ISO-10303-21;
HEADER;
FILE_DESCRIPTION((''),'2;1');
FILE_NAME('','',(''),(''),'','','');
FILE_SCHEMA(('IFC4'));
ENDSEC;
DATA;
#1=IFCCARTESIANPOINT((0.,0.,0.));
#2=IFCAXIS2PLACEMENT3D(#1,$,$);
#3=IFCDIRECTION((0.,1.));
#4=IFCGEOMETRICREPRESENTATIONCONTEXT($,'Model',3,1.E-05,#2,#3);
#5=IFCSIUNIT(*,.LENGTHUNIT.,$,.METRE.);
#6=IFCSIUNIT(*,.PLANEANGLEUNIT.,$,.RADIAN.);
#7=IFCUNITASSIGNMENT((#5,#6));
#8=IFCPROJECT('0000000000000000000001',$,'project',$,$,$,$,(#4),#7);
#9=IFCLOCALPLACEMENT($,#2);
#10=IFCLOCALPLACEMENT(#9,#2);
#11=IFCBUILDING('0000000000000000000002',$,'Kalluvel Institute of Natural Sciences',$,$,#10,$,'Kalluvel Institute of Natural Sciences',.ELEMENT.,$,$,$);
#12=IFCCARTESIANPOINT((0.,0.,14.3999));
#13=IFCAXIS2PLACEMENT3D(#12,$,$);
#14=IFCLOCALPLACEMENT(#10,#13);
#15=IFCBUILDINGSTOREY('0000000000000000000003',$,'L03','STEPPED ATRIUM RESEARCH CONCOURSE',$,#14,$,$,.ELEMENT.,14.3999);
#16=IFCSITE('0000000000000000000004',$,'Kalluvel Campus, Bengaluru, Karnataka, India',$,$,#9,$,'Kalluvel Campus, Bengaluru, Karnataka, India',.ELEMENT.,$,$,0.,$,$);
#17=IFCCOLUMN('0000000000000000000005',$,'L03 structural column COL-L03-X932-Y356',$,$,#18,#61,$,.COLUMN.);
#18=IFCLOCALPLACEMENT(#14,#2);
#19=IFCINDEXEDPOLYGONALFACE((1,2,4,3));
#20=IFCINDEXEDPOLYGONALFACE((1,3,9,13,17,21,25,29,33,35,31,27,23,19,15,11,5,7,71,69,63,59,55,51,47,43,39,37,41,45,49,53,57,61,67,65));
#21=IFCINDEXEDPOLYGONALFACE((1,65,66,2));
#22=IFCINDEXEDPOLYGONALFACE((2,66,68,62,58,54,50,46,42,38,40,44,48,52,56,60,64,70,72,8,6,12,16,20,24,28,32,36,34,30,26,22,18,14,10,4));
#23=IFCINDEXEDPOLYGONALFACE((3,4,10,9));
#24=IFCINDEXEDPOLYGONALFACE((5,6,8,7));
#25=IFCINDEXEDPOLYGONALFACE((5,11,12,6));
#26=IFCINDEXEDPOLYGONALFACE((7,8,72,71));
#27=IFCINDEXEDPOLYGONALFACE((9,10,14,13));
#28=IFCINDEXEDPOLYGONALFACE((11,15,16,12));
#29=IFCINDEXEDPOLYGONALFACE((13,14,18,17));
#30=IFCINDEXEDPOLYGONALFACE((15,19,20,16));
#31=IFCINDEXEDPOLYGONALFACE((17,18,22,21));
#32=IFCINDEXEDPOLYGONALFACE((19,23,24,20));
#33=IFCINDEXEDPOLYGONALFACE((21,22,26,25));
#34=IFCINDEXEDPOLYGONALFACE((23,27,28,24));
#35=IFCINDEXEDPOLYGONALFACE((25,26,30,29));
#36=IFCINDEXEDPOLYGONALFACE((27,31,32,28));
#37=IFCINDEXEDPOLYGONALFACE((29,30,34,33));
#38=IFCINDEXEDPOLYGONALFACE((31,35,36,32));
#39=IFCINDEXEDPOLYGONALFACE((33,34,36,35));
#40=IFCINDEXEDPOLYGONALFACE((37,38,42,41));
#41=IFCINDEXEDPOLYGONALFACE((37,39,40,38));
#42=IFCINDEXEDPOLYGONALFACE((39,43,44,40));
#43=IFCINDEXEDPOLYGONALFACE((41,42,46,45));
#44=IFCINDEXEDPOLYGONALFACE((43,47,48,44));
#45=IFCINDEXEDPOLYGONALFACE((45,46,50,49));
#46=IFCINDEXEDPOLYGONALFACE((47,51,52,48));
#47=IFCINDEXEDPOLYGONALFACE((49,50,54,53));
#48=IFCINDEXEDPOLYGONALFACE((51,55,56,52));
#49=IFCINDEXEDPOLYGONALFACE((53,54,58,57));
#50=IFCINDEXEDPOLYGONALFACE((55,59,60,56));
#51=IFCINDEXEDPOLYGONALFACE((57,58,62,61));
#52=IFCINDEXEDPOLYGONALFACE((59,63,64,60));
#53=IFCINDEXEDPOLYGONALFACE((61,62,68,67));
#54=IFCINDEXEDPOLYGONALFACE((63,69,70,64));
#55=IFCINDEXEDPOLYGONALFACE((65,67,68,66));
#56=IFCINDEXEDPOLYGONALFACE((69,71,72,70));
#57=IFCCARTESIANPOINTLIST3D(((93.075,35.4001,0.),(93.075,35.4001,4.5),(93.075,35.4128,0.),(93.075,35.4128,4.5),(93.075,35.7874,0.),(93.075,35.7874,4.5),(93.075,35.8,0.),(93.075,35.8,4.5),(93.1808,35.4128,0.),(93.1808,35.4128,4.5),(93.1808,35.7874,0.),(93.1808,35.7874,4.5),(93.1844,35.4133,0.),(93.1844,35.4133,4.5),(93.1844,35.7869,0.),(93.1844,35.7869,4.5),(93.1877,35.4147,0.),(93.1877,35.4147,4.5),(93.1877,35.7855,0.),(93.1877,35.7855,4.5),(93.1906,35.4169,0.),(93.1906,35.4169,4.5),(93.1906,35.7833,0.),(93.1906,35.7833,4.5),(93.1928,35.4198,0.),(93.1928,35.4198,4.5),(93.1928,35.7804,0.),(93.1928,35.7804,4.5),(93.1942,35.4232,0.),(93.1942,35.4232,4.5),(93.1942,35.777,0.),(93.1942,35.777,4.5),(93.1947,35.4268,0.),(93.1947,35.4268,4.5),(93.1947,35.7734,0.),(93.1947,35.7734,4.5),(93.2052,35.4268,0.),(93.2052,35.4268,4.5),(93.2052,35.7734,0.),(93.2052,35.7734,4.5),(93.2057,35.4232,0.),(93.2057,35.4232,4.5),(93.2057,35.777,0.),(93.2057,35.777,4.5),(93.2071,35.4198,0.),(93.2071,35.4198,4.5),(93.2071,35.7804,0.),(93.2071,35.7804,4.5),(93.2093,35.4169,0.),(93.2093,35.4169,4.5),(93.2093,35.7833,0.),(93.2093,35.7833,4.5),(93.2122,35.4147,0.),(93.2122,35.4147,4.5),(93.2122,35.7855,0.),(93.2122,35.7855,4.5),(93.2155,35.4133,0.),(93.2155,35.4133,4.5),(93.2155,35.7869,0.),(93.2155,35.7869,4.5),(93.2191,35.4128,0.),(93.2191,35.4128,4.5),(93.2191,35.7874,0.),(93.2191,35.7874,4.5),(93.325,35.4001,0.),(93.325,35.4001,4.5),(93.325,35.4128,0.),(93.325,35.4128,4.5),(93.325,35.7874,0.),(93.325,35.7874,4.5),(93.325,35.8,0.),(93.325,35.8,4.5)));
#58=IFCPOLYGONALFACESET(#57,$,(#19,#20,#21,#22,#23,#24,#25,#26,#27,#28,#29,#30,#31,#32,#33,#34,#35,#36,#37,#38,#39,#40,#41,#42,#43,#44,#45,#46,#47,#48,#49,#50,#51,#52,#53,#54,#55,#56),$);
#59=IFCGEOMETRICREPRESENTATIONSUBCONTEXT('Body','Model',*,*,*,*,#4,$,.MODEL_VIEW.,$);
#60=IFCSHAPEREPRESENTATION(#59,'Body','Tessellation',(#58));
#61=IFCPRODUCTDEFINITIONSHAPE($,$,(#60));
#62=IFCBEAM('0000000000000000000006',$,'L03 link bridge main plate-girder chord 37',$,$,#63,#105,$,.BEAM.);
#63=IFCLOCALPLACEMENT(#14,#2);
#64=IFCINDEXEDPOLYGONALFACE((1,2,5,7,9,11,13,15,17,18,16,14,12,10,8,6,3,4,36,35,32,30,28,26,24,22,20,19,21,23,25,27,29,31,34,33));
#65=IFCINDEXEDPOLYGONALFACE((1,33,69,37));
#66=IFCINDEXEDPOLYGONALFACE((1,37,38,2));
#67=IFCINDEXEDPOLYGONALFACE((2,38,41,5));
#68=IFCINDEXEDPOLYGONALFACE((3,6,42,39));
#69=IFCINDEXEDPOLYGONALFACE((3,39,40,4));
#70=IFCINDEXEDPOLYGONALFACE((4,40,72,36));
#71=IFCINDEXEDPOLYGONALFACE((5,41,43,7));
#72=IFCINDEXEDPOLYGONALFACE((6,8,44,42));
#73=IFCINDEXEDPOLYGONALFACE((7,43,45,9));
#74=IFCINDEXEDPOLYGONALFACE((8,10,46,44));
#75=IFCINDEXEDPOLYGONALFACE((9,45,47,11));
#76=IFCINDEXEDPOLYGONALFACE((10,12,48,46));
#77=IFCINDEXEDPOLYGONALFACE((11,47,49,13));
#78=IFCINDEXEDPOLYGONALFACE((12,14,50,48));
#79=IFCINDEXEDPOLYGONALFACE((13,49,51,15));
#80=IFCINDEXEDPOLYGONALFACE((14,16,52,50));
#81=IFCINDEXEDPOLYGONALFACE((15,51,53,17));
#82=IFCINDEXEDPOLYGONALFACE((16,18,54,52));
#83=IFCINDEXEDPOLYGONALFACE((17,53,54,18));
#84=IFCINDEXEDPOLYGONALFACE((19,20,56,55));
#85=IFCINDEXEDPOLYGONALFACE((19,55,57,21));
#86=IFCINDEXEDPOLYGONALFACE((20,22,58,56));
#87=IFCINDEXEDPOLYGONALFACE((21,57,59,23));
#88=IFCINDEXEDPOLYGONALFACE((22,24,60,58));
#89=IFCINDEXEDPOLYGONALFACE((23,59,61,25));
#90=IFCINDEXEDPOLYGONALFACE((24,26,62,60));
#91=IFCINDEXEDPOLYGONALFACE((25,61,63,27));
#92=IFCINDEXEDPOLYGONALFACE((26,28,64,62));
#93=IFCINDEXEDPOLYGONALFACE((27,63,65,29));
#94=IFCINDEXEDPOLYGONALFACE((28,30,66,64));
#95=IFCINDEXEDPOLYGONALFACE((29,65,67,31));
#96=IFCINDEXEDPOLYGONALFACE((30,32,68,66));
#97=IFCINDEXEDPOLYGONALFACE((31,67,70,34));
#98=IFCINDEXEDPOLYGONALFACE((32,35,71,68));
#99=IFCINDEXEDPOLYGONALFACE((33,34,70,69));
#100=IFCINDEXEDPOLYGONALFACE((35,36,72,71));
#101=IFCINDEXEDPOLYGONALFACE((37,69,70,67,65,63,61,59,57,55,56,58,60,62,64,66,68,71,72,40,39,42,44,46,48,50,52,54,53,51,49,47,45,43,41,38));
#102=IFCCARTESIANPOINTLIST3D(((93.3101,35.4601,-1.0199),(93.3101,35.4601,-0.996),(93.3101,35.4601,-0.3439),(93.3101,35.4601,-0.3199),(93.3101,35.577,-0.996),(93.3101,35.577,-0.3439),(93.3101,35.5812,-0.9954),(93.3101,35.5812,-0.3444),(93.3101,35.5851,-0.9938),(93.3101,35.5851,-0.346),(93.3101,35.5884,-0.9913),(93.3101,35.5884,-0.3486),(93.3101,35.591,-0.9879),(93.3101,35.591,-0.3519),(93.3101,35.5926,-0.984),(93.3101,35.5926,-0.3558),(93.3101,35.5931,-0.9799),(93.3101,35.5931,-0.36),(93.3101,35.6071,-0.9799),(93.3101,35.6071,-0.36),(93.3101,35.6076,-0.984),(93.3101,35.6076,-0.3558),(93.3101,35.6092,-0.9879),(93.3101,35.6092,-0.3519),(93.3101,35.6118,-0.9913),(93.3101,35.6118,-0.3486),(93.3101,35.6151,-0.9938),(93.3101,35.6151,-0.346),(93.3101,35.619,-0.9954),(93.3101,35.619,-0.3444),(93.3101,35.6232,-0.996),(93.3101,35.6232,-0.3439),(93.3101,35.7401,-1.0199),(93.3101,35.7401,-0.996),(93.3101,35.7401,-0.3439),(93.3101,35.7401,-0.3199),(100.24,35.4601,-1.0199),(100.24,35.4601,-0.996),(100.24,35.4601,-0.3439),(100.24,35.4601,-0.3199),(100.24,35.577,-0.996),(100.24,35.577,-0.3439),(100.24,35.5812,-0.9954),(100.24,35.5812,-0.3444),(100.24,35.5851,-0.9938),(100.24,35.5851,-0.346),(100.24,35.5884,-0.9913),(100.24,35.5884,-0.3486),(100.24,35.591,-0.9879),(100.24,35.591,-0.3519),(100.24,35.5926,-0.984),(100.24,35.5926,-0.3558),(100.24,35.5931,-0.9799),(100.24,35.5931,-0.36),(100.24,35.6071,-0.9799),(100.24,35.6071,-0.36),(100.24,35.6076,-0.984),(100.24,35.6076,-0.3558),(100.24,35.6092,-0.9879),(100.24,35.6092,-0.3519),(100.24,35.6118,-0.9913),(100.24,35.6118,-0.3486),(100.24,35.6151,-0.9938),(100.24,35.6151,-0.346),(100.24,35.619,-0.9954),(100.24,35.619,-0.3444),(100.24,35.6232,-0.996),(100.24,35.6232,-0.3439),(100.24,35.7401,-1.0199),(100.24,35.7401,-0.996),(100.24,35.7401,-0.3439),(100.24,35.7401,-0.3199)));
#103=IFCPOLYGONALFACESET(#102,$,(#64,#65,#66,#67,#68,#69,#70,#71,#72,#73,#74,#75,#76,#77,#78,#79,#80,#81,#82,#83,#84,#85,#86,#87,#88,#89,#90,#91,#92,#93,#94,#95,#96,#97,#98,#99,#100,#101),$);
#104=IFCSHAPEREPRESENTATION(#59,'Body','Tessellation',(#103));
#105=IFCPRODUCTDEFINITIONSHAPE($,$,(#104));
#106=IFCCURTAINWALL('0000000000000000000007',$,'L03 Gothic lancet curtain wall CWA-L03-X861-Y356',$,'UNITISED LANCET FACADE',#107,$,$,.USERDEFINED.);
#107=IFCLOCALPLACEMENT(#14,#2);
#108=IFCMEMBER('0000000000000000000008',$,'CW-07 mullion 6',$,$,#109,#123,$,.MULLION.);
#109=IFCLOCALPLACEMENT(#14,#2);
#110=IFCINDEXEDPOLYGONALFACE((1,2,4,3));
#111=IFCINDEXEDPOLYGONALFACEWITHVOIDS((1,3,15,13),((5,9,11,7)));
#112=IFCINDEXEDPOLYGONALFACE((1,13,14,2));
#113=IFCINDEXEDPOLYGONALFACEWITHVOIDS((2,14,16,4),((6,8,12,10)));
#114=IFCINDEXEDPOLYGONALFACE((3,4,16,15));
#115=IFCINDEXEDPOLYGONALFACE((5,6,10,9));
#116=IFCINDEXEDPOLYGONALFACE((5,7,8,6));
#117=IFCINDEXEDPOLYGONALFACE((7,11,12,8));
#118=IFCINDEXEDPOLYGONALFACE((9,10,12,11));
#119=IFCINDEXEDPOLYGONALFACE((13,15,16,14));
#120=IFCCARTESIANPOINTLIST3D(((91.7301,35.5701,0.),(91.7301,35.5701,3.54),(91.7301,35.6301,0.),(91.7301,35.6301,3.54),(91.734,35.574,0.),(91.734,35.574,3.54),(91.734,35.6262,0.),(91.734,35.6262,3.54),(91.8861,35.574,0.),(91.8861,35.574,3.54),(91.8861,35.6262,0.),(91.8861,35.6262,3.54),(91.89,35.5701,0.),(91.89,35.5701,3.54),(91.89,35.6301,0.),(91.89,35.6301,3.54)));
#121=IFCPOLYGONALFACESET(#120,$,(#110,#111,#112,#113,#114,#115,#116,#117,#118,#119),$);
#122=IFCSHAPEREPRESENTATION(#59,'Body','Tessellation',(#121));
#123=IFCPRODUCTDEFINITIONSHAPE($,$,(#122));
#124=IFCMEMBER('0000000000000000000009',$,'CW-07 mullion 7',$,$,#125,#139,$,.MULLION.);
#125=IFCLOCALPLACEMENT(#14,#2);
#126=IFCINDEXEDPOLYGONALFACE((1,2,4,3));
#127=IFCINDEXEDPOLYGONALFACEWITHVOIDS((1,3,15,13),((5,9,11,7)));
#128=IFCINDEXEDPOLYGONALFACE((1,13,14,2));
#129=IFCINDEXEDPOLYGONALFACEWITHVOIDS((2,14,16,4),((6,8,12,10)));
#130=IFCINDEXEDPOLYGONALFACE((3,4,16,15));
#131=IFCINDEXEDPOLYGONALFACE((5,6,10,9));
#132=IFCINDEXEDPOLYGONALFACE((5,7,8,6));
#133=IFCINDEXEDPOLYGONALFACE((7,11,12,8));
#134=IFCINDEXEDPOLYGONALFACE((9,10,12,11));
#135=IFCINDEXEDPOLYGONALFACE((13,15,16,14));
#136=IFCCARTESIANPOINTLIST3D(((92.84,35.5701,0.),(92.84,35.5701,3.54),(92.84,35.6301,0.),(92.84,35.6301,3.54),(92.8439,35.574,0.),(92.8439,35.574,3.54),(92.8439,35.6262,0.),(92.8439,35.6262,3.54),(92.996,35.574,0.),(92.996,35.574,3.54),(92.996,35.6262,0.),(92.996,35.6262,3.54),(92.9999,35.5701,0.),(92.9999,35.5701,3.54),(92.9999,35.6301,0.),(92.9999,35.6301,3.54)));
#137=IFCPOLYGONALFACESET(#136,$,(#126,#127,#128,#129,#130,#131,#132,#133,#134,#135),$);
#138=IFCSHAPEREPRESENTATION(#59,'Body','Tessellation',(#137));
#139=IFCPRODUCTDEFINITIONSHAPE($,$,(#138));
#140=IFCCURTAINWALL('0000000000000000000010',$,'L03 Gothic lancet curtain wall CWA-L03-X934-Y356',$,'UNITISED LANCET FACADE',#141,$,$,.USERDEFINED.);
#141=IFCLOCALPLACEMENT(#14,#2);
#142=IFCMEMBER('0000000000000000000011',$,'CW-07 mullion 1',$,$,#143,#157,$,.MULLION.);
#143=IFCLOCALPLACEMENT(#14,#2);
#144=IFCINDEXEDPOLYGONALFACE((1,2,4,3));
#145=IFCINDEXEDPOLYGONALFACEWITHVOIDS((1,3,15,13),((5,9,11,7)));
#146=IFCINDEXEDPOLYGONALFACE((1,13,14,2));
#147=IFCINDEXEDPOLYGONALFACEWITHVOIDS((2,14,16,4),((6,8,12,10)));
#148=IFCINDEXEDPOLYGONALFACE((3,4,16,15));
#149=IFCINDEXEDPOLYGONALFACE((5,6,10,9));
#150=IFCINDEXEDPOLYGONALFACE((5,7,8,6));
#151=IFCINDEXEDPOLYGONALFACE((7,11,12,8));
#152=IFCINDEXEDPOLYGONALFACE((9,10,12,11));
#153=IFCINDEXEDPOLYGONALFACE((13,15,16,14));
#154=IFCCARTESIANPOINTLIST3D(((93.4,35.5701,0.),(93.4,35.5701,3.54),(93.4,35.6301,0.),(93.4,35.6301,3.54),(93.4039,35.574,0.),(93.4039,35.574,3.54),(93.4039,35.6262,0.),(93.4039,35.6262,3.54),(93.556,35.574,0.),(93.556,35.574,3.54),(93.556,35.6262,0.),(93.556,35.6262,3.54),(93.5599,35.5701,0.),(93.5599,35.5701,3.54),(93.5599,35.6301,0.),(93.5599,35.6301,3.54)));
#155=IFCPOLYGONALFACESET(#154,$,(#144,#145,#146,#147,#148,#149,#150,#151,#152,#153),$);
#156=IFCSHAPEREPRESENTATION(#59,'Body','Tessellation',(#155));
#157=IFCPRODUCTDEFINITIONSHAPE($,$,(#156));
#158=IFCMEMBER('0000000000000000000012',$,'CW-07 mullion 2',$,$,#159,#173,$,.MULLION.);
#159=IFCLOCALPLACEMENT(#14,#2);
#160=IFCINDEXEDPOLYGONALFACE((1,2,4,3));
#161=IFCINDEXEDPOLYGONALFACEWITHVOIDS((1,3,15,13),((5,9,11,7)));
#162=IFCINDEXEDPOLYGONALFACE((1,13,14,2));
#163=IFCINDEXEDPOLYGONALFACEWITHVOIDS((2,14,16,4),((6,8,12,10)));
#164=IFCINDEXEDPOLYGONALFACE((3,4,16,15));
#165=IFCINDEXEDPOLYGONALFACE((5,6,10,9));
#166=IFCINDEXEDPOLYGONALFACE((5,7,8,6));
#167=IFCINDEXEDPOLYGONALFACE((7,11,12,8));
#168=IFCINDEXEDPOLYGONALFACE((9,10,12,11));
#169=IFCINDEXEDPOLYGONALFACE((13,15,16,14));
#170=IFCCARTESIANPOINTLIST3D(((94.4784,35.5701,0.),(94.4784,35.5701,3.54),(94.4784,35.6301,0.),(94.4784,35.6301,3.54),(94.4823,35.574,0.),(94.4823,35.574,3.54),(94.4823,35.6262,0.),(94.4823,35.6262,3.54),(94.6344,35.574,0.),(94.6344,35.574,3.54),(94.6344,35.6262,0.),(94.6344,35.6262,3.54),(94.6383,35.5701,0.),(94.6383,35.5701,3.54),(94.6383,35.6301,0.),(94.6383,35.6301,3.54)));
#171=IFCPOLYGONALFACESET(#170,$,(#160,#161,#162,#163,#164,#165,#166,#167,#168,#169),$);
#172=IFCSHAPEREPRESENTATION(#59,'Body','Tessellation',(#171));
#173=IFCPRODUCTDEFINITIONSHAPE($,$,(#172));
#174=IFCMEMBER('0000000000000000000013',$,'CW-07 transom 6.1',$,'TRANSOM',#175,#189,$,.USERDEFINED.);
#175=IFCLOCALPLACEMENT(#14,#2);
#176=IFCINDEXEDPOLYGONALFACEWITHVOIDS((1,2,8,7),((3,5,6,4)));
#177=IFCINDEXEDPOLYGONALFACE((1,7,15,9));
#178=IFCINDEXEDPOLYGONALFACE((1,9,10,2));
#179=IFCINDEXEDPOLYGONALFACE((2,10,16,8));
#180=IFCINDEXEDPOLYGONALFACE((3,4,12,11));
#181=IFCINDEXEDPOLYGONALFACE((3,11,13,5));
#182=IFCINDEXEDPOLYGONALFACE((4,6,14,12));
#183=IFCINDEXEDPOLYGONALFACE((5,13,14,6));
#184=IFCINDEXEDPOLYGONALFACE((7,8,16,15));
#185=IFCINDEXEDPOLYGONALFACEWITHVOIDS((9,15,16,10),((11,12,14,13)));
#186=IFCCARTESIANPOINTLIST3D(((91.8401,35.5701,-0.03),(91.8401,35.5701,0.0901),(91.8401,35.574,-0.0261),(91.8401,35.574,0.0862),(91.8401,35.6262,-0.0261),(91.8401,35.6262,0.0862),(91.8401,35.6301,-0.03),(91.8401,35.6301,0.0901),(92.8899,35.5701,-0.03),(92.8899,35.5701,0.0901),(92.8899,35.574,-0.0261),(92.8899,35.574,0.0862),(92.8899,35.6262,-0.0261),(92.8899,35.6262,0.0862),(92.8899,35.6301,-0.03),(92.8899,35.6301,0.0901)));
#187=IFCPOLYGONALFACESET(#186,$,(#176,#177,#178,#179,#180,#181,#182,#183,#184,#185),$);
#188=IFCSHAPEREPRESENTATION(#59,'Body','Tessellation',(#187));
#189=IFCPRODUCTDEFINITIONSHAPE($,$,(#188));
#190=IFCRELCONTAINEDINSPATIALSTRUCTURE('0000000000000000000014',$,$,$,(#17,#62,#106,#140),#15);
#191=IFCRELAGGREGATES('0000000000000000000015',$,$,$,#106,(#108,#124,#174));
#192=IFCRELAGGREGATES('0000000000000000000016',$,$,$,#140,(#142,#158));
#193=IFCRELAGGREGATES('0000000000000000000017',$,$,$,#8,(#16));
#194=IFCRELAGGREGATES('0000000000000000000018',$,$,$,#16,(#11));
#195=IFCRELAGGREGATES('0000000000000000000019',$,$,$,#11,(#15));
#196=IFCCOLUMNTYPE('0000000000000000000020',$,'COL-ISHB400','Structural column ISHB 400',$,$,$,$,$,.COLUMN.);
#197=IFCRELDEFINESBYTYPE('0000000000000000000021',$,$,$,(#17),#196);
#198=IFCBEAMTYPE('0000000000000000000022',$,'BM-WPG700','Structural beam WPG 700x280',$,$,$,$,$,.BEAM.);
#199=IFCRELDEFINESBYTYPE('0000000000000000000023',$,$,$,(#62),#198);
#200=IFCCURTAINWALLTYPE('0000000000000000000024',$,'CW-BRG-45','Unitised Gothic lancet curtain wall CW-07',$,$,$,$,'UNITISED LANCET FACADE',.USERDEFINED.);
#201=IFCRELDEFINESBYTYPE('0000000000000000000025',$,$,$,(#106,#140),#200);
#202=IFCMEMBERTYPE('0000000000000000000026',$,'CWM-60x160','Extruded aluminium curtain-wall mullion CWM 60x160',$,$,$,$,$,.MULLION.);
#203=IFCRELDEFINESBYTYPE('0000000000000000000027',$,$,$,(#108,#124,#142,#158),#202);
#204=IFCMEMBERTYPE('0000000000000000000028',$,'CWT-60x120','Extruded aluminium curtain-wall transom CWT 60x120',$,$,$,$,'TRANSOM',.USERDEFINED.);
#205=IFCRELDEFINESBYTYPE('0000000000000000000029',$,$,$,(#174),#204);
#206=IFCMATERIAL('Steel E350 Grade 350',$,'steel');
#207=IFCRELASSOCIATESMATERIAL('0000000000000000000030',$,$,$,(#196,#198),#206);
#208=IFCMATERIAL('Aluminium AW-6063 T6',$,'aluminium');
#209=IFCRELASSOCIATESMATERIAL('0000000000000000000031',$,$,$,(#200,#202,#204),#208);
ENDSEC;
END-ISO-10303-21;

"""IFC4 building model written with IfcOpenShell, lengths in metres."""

from ifc_helpers import new_model, si_unit, direction, frame, origin, origin_2d, place, context, subcontext, project, spatial, hollow_rectangle, i_section, extrude, material, material_profile, profile_set, type_object, element, aggregate, save


model = new_model("IFC4")

# Units and contexts
model_context = context("Model", 3, precision=1e-05, world=origin(), true_north=direction((0.0, 1.0)))
body_context = subcontext(model_context, "Body", "Model", "MODEL_VIEW")
ifc_project = project(units=[si_unit("LENGTHUNIT", "METRE"), si_unit("PLANEANGLEUNIT", "RADIAN")], contexts=[model_context])

# Site, building, storey
site_placement = place(None, origin())
site = spatial("IfcSite", under=ifc_project, at=site_placement, Name="Kalluvel Campus, Bengaluru, Karnataka, India", LongName="Kalluvel Campus, Bengaluru, Karnataka, India", CompositionType="ELEMENT", RefElevation=0.0)
building_placement = place(site_placement, origin())
building = spatial("IfcBuilding", under=site, at=building_placement, Name="Kalluvel Institute of Natural Sciences", LongName="Kalluvel Institute of Natural Sciences", CompositionType="ELEMENT")
storey_placement = place(building_placement, frame((0.0, 0.0, 14.3999)))
storey = spatial("IfcBuildingStorey", under=building, at=storey_placement, Name="L03", Description="STEPPED ATRIUM RESEARCH CONCOURSE", CompositionType="ELEMENT", Elevation=14.3999)

# Column
ifc_material_1 = material(Name="Steel E350 Grade 350", Category="steel")
ifc_material_profile_1 = material_profile(ifc_material_1, i_section(OverallWidth=0.25, OverallDepth=0.3999, WebThickness=0.0105, FlangeThickness=0.0127, FilletRadius=0.0139, at=origin_2d()), Name="ISHB 400")
ifc_profile_set_1 = profile_set([ifc_material_profile_1], Name="Steel E350 Grade 350")
column_type = type_object("IfcColumnType", Name="COL-ISHB400", Description="Structural column ISHB 400", PredefinedType="COLUMN", material=ifc_profile_set_1)
column_placement = place(storey_placement, frame((93.2, 35.6001, 0.0), z_axis=(0.0, 0.0, 1.0), x_axis=(1.0, 0.0, 0.0)))
element("IfcColumn", 1, at=column_placement, inside=storey, type_object=column_type, Name="L03 structural column COL-L03-X932-Y356", PredefinedType="COLUMN", context=body_context, shape_type="SweptSolid", body=[
    extrude(i_section(OverallWidth=0.25, OverallDepth=0.3999, WebThickness=0.0105, FlangeThickness=0.0127, FilletRadius=0.0139, at=origin_2d()), origin(), (0.0, 0.0, 1.0), 4.5),
])

# Beam
ifc_material_profile_2 = material_profile(ifc_material_1, i_section(OverallWidth=0.28, OverallDepth=0.7, WebThickness=0.0139, FlangeThickness=0.0239, FilletRadius=0.0161, at=origin_2d()), Name="WPG 700x280")
ifc_profile_set_2 = profile_set([ifc_material_profile_2], Name="Steel E350 Grade 350")
beam_type = type_object("IfcBeamType", Name="BM-WPG700", Description="Structural beam WPG 700x280", PredefinedType="BEAM", material=ifc_profile_set_2)
beam_placement = place(storey_placement, frame((93.3101, 35.6001, -0.6699), z_axis=(1.0, 0.0, 0.0), x_axis=(0.0, 1.0, 0.0)))
element("IfcBeam", 2, at=beam_placement, inside=storey, type_object=beam_type, Name="L03 link bridge main plate-girder chord 37", PredefinedType="BEAM", context=body_context, shape_type="SweptSolid", body=[
    extrude(i_section(OverallWidth=0.28, OverallDepth=0.7, WebThickness=0.0139, FlangeThickness=0.0239, FilletRadius=0.0161, at=origin_2d()), origin(), (0.0, 0.0, 1.0), 6.9299),
])

# Curtain walls, members
ifc_material_2 = material(Name="Aluminium AW-6063 T6", Category="aluminium")
curtain_wall_type = type_object("IfcCurtainWallType", Name="CW-BRG-45", Description="Unitised Gothic lancet curtain wall CW-07", ElementType="UNITISED LANCET FACADE", PredefinedType="USERDEFINED", material=ifc_material_2)
curtain_wall_1_placement = place(storey_placement, origin())
curtain_wall_1 = element("IfcCurtainWall", 3, at=curtain_wall_1_placement, inside=storey, type_object=curtain_wall_type, Name="L03 Gothic lancet curtain wall CWA-L03-X861-Y356", ObjectType="UNITISED LANCET FACADE", PredefinedType="USERDEFINED")
ifc_material_profile_3 = material_profile(ifc_material_2, hollow_rectangle(XDim=0.0601, YDim=0.1599, WallThickness=0.0039, at=origin_2d()), Name="CWM 60x160")
ifc_profile_set_3 = profile_set([ifc_material_profile_3], Name="Aluminium AW-6063 T6")
member_type_1 = type_object("IfcMemberType", Name="CWM-60x160", Description="Extruded aluminium curtain-wall mullion CWM 60x160", PredefinedType="MULLION", material=ifc_profile_set_3)
member_1_placement = place(storey_placement, frame((91.8101, 35.6001, 0.0), z_axis=(0.0, 0.0, 1.0), x_axis=(0.0, 1.0, 0.0)))
member_1 = element("IfcMember", 4, at=member_1_placement, type_object=member_type_1, Name="CW-07 mullion 6", PredefinedType="MULLION", context=body_context, shape_type="SweptSolid", body=[
    extrude(hollow_rectangle(XDim=0.0601, YDim=0.1599, WallThickness=0.0039, at=origin_2d()), origin(), (0.0, 0.0, 1.0), 3.54),
])
member_2_placement = place(storey_placement, frame((92.9199, 35.6001, 0.0), z_axis=(0.0, 0.0, 1.0), x_axis=(0.0, 1.0, 0.0)))
member_2 = element("IfcMember", 5, at=member_2_placement, type_object=member_type_1, Name="CW-07 mullion 7", PredefinedType="MULLION", context=body_context, shape_type="SweptSolid", body=[
    extrude(hollow_rectangle(XDim=0.0601, YDim=0.1599, WallThickness=0.0039, at=origin_2d()), origin(), (0.0, 0.0, 1.0), 3.54),
])
curtain_wall_2_placement = place(storey_placement, origin())
curtain_wall_2 = element("IfcCurtainWall", 6, at=curtain_wall_2_placement, inside=storey, type_object=curtain_wall_type, Name="L03 Gothic lancet curtain wall CWA-L03-X934-Y356", ObjectType="UNITISED LANCET FACADE", PredefinedType="USERDEFINED")
member_3_placement = place(storey_placement, frame((93.48, 35.6001, 0.0), z_axis=(0.0, 0.0, 1.0), x_axis=(0.0, 1.0, 0.0)))
member_3 = element("IfcMember", 7, at=member_3_placement, type_object=member_type_1, Name="CW-07 mullion 1", PredefinedType="MULLION", context=body_context, shape_type="SweptSolid", body=[
    extrude(hollow_rectangle(XDim=0.0601, YDim=0.1599, WallThickness=0.0039, at=origin_2d()), origin(), (0.0, 0.0, 1.0), 3.54),
])
member_4_placement = place(storey_placement, frame((94.5583, 35.6001, 0.0), z_axis=(0.0, 0.0, 1.0), x_axis=(0.0, 1.0, 0.0)))
member_4 = element("IfcMember", 8, at=member_4_placement, type_object=member_type_1, Name="CW-07 mullion 2", PredefinedType="MULLION", context=body_context, shape_type="SweptSolid", body=[
    extrude(hollow_rectangle(XDim=0.0601, YDim=0.1599, WallThickness=0.0039, at=origin_2d()), origin(), (0.0, 0.0, 1.0), 3.54),
])

# Member
ifc_material_profile_4 = material_profile(ifc_material_2, hollow_rectangle(XDim=0.0601, YDim=0.1201, WallThickness=0.0039, at=origin_2d()), Name="CWT 60x120")
ifc_profile_set_4 = profile_set([ifc_material_profile_4], Name="Aluminium AW-6063 T6")
member_type_2 = type_object("IfcMemberType", Name="CWT-60x120", Description="Extruded aluminium curtain-wall transom CWT 60x120", ElementType="TRANSOM", PredefinedType="USERDEFINED", material=ifc_profile_set_4)
member_5_placement = place(storey_placement, frame((91.8401, 35.6001, 0.03), z_axis=(1.0, 0.0, 0.0), x_axis=(0.0, 1.0, 0.0)))
member_5 = element("IfcMember", 9, at=member_5_placement, type_object=member_type_2, Name="CW-07 transom 6.1", ObjectType="TRANSOM", PredefinedType="USERDEFINED", context=body_context, shape_type="SweptSolid", body=[
    extrude(hollow_rectangle(XDim=0.0601, YDim=0.1201, WallThickness=0.0039, at=origin_2d()), origin(), (0.0, 0.0, 1.0), 1.0498),
])

aggregate(curtain_wall_1, [member_1, member_2, member_5])
aggregate(curtain_wall_2, [member_3, member_4])

save(model, "model.ifc")
